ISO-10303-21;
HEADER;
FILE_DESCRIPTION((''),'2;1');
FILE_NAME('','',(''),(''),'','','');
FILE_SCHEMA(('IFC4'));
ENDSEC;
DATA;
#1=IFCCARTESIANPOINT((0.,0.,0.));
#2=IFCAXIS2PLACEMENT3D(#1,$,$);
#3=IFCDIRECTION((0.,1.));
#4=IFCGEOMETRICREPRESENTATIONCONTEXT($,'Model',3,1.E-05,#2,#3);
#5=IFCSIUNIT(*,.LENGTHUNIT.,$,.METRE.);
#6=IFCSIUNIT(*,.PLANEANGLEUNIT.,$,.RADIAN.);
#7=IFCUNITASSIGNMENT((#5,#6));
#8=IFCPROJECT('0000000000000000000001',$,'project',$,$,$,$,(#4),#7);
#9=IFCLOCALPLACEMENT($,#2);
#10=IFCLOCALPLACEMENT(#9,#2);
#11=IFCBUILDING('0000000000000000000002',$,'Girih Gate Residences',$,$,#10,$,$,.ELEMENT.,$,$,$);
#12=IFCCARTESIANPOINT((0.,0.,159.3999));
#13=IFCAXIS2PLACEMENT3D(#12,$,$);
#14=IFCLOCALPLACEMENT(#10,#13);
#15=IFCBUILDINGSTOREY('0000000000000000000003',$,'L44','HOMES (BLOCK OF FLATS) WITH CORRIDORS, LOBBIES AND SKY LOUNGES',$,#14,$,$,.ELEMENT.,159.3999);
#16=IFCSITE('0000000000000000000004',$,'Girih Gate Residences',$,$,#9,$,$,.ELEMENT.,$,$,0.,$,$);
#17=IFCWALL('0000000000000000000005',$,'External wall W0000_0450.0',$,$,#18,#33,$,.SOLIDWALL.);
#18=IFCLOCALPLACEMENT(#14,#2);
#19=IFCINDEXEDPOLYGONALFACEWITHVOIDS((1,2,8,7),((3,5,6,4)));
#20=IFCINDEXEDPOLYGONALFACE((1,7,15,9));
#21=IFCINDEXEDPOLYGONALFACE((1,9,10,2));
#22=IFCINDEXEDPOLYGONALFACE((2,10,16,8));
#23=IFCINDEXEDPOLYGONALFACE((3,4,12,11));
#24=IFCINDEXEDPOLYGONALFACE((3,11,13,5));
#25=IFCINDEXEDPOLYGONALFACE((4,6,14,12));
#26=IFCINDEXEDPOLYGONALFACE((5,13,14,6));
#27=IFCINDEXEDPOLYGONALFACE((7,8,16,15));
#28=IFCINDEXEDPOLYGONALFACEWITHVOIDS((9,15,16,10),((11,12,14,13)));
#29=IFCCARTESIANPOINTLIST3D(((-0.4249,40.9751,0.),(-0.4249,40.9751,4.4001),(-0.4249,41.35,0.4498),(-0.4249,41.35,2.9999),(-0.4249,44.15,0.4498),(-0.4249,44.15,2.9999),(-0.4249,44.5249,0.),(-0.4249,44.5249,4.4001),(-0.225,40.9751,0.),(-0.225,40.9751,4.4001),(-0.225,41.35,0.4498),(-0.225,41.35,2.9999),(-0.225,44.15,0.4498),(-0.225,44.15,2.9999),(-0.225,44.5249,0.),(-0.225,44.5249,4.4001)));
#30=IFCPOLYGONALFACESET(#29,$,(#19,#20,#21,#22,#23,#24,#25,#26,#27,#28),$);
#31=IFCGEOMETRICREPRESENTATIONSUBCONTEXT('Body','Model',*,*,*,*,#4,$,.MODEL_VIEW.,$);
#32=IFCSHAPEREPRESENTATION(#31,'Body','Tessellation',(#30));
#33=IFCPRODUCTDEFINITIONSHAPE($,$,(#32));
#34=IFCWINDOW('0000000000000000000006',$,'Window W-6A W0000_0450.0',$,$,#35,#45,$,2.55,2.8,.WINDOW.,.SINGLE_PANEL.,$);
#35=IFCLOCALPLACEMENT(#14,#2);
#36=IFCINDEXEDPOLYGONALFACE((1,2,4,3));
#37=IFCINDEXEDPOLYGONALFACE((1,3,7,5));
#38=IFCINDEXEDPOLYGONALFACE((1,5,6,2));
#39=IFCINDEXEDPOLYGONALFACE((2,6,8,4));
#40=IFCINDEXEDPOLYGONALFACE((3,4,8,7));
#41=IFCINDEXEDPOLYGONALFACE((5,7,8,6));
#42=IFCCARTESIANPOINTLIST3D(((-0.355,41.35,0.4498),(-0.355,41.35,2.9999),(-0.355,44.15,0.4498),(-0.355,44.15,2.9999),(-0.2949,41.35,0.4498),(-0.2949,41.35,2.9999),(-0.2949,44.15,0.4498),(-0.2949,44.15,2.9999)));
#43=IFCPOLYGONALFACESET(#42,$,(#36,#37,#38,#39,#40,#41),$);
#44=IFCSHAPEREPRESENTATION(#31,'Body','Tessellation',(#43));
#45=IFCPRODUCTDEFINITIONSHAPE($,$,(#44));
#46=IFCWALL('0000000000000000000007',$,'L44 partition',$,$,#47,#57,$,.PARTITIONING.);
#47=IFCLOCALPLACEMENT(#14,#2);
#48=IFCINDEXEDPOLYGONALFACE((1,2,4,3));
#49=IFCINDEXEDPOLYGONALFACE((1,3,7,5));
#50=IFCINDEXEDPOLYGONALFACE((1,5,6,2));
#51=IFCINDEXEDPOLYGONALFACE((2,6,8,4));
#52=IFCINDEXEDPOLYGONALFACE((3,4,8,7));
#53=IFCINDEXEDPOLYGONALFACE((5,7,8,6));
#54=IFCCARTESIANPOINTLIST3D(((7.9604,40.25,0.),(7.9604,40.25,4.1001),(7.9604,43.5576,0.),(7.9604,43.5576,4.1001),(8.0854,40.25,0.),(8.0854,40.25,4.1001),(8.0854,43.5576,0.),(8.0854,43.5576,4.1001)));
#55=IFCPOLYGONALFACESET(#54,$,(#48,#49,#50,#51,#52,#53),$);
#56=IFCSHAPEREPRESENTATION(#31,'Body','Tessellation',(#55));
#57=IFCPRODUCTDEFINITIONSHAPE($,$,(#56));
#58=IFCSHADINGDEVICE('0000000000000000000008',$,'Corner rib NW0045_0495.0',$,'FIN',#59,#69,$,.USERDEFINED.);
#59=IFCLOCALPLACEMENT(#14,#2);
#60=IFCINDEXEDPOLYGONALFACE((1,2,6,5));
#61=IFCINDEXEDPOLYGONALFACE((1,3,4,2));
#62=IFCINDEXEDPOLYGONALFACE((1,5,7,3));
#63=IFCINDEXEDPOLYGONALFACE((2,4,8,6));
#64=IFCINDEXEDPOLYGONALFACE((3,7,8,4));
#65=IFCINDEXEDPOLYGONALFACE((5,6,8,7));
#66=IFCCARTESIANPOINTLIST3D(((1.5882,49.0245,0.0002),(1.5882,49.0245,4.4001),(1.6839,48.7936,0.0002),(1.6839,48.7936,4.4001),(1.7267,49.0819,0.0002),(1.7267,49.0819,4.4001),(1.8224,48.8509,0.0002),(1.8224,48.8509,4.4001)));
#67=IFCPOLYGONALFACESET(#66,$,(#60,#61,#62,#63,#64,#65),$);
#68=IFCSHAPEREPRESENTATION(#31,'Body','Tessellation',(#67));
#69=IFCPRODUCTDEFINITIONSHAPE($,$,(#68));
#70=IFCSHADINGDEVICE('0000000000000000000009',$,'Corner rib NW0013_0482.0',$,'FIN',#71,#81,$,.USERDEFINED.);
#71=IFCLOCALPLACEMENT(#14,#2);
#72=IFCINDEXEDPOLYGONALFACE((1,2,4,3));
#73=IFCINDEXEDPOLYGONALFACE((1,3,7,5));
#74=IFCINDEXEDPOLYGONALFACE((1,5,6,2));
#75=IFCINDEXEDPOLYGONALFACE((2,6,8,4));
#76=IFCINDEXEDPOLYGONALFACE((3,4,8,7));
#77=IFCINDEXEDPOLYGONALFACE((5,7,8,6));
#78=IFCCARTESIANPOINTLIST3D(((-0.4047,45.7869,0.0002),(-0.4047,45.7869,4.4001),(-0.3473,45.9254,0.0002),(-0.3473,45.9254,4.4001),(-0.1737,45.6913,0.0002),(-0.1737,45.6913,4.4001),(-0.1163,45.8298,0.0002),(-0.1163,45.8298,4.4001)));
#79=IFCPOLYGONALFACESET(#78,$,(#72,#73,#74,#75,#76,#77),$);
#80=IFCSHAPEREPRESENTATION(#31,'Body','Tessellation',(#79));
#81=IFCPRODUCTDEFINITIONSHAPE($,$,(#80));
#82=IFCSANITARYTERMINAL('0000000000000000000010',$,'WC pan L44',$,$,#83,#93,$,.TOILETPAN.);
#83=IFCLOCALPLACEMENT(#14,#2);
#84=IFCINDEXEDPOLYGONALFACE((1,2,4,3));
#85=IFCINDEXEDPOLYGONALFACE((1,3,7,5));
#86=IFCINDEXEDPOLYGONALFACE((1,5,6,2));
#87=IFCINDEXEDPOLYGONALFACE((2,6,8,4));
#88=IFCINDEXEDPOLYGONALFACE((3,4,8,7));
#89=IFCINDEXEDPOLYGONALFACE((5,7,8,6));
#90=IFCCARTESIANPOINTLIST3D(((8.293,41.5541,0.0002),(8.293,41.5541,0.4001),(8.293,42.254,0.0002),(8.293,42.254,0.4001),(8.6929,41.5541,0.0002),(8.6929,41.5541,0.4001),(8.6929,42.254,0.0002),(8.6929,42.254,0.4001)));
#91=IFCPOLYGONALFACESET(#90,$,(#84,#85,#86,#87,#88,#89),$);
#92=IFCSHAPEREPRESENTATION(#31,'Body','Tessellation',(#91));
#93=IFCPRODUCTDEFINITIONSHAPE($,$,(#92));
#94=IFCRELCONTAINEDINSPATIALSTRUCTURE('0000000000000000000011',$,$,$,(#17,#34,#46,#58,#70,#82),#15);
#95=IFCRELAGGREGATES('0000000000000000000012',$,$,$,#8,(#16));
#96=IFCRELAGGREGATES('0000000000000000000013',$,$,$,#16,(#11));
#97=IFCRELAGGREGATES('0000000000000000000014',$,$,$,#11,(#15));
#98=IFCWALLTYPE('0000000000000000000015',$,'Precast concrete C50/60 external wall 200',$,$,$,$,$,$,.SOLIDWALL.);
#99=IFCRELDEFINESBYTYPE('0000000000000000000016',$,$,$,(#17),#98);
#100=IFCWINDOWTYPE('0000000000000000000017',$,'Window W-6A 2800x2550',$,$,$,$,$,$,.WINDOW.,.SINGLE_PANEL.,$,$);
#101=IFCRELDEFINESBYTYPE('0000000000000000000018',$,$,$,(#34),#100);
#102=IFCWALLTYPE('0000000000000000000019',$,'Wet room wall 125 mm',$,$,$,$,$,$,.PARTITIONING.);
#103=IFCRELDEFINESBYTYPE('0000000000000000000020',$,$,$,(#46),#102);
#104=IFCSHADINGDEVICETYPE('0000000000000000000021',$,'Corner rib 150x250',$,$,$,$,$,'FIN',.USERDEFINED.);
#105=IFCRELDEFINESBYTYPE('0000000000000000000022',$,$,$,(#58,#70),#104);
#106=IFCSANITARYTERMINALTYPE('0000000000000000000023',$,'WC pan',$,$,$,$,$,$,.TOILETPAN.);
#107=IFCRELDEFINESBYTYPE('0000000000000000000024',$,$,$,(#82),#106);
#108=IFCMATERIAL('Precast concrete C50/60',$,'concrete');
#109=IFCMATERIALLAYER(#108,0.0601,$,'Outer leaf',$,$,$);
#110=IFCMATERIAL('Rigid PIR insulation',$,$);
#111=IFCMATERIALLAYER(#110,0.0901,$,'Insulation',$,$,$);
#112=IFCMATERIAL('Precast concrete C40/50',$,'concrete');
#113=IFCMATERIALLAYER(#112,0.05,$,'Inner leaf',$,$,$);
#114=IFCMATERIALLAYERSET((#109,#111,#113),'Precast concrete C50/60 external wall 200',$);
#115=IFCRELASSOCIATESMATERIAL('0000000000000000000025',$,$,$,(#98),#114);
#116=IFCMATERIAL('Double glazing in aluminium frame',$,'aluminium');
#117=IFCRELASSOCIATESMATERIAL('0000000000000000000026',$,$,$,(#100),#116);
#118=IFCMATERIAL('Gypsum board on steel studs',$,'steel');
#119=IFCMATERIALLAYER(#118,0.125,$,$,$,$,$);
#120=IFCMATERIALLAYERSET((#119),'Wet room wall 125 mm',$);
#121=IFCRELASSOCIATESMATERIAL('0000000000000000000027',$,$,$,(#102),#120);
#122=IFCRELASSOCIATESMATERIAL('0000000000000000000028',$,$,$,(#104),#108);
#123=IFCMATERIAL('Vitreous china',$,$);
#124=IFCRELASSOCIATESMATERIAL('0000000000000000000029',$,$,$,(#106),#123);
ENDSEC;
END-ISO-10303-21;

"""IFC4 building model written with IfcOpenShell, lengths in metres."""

from ifc_helpers import new_model, si_unit, direction, frame, frame_2d, origin, origin_2d, place, context, subcontext, project, spatial, rectangle, extrude, material, layer, layer_set, type_object, element, fill, save


model = new_model("IFC4")

# Units and contexts
model_context = context("Model", 3, precision=1e-05, world=origin(), true_north=direction((0.0, 1.0)))
body_context = subcontext(model_context, "Body", "Model", "MODEL_VIEW")
ifc_project = project(units=[si_unit("LENGTHUNIT", "METRE"), si_unit("PLANEANGLEUNIT", "RADIAN")], contexts=[model_context])

# Site, building, storey
site_placement = place(None, origin())
site = spatial("IfcSite", under=ifc_project, at=site_placement, Name="Girih Gate Residences", CompositionType="ELEMENT", RefElevation=0.0)
building_placement = place(site_placement, origin())
building = spatial("IfcBuilding", under=site, at=building_placement, Name="Girih Gate Residences", CompositionType="ELEMENT")
storey_placement = place(building_placement, frame((0.0, 0.0, 159.3999)))
storey = spatial("IfcBuildingStorey", under=building, at=storey_placement, Name="L44", Description="HOMES (BLOCK OF FLATS) WITH CORRIDORS, LOBBIES AND SKY LOUNGES", CompositionType="ELEMENT", Elevation=159.3999)

# Shared definitions
ifc_material_1 = material(Name="Gypsum board on steel studs", Category="steel")

# Wall, opening, window
ifc_material_2 = material(Name="Precast concrete C50/60", Category="concrete")
ifc_layer_1 = layer(ifc_material_2, 0.0601, Name="Outer leaf")
ifc_material_3 = material(Name="Rigid PIR insulation")
ifc_layer_2 = layer(ifc_material_3, 0.0901, Name="Insulation")
ifc_material_4 = material(Name="Precast concrete C40/50", Category="concrete")
ifc_layer_3 = layer(ifc_material_4, 0.05, Name="Inner leaf")
ifc_layer_set_1 = layer_set([ifc_layer_1, ifc_layer_2, ifc_layer_3], Name="Precast concrete C50/60 external wall 200")
wall_type_1 = type_object("IfcWallType", Name="Precast concrete C50/60 external wall 200", PredefinedType="SOLIDWALL", material=ifc_layer_set_1)
ifc_material_5 = material(Name="Double glazing in aluminium frame", Category="aluminium")
window_type_1 = type_object("IfcWindowType", Name="Window W-6A 2800x2550", PartitioningType="SINGLE_PANEL", PredefinedType="WINDOW", material=ifc_material_5)
wall_1_placement = place(storey_placement, frame((-0.325, 40.9751, 0.0), z_axis=(0.0, 0.0, 1.0), x_axis=(0.0, 1.0, 0.0)))
wall_1 = element("IfcWall", 1, at=wall_1_placement, inside=storey, type_object=wall_type_1, Name="External wall W0000_0450.0", PredefinedType="SOLIDWALL", context=body_context, shape_type="SweptSolid", body=[
    extrude(rectangle(XDim=3.5498, YDim=0.2, at=frame_2d((1.7749, 0.0))), origin(), (0.0, 0.0, 1.0), 4.4001),
])
opening_1_placement = place(wall_1_placement, frame((0.375, 0.0, 0.45)))
opening_1 = element("IfcOpeningElement", 2, at=opening_1_placement, cuts=wall_1, PredefinedType="OPENING", context=body_context, shape_type="SweptSolid", body=[
    extrude(rectangle(XDim=2.8, YDim=2.55, at=frame_2d((1.3999, 1.2749))), frame((0.0, 0.1099, 0.0), z_axis=(0.0, -1.0, 0.0), x_axis=(1.0, 0.0, 0.0)), (0.0, 0.0, 1.0), 0.22),
])
window_1_placement = place(opening_1_placement, origin())
window_1 = element("IfcWindow", 3, at=window_1_placement, inside=storey, type_object=window_type_1, Name="Window W-6A W0000_0450.0", OverallHeight=2.55, OverallWidth=2.8, PartitioningType="SINGLE_PANEL", PredefinedType="WINDOW", context=body_context, shape_type="SweptSolid", body=[
    extrude(rectangle(XDim=2.8, YDim=2.55, at=frame_2d((1.3999, 1.2749))), frame((0.0, 0.03, 0.0), z_axis=(0.0, -1.0, 0.0), x_axis=(1.0, 0.0, 0.0)), (0.0, 0.0, 1.0), 0.0601),
])
fill(opening_1, window_1)

# Wall
ifc_layer_4 = layer(ifc_material_1, 0.125)
ifc_layer_set_2 = layer_set([ifc_layer_4], Name="Wet room wall 125 mm")
wall_type_2 = type_object("IfcWallType", Name="Wet room wall 125 mm", PredefinedType="PARTITIONING", material=ifc_layer_set_2)
wall_2_placement = place(storey_placement, frame((8.0229, 40.25, 0.0), z_axis=(0.0, 0.0, 1.0), x_axis=(0.0, 1.0, 0.0)))
element("IfcWall", 4, at=wall_2_placement, inside=storey, type_object=wall_type_2, Name="L44 partition", PredefinedType="PARTITIONING", context=body_context, shape_type="SweptSolid", body=[
    extrude(rectangle(XDim=3.3076, YDim=0.125, at=frame_2d((1.6538, 0.0))), origin(), (0.0, 0.0, 1.0), 4.1001),
])

# Shading devices
shading_device_type = type_object("IfcShadingDeviceType", Name="Corner rib 150x250", ElementType="FIN", PredefinedType="USERDEFINED", material=ifc_material_2)
for number, where, z_axis, x_axis, name in (
    (5, (1.7053, 48.9377, 0.0002), (0.0, 0.0, 1.0), (-0.92388, -0.382683, 0.0), "Corner rib NW0045_0495.0"),
    (6, (-0.2605, 45.8083, 0.0002), (0.0, 0.0, 1.0), (-0.382683, -0.92388, 0.0), "Corner rib NW0013_0482.0"),
):
    element("IfcShadingDevice", number, at=place(storey_placement, frame(where, z_axis=z_axis, x_axis=x_axis)), inside=storey, type_object=shading_device_type, Name=name, ObjectType="FIN", PredefinedType="USERDEFINED", context=body_context, shape_type="SweptSolid", body=[
        extrude(rectangle(XDim=0.1499, YDim=0.25, at=origin_2d()), origin(), (0.0, 0.0, 1.0), 4.3999),
    ])

# Sanitary terminal
ifc_material_6 = material(Name="Vitreous china")
sanitary_terminal_type = type_object("IfcSanitaryTerminalType", Name="WC pan", PredefinedType="TOILETPAN", material=ifc_material_6)
sanitary_terminal_placement = place(storey_placement, frame((8.4929, 41.9041, 0.0002), z_axis=(0.0, 0.0, 1.0), x_axis=(1.0, 0.0, 0.0)))
element("IfcSanitaryTerminal", 7, at=sanitary_terminal_placement, inside=storey, type_object=sanitary_terminal_type, Name="WC pan L44", PredefinedType="TOILETPAN", context=body_context, shape_type="SweptSolid", body=[
    extrude(rectangle(XDim=0.3999, YDim=0.7, at=origin_2d()), origin(), (0.0, 0.0, 1.0), 0.3999),
])

save(model, "model.ifc")
